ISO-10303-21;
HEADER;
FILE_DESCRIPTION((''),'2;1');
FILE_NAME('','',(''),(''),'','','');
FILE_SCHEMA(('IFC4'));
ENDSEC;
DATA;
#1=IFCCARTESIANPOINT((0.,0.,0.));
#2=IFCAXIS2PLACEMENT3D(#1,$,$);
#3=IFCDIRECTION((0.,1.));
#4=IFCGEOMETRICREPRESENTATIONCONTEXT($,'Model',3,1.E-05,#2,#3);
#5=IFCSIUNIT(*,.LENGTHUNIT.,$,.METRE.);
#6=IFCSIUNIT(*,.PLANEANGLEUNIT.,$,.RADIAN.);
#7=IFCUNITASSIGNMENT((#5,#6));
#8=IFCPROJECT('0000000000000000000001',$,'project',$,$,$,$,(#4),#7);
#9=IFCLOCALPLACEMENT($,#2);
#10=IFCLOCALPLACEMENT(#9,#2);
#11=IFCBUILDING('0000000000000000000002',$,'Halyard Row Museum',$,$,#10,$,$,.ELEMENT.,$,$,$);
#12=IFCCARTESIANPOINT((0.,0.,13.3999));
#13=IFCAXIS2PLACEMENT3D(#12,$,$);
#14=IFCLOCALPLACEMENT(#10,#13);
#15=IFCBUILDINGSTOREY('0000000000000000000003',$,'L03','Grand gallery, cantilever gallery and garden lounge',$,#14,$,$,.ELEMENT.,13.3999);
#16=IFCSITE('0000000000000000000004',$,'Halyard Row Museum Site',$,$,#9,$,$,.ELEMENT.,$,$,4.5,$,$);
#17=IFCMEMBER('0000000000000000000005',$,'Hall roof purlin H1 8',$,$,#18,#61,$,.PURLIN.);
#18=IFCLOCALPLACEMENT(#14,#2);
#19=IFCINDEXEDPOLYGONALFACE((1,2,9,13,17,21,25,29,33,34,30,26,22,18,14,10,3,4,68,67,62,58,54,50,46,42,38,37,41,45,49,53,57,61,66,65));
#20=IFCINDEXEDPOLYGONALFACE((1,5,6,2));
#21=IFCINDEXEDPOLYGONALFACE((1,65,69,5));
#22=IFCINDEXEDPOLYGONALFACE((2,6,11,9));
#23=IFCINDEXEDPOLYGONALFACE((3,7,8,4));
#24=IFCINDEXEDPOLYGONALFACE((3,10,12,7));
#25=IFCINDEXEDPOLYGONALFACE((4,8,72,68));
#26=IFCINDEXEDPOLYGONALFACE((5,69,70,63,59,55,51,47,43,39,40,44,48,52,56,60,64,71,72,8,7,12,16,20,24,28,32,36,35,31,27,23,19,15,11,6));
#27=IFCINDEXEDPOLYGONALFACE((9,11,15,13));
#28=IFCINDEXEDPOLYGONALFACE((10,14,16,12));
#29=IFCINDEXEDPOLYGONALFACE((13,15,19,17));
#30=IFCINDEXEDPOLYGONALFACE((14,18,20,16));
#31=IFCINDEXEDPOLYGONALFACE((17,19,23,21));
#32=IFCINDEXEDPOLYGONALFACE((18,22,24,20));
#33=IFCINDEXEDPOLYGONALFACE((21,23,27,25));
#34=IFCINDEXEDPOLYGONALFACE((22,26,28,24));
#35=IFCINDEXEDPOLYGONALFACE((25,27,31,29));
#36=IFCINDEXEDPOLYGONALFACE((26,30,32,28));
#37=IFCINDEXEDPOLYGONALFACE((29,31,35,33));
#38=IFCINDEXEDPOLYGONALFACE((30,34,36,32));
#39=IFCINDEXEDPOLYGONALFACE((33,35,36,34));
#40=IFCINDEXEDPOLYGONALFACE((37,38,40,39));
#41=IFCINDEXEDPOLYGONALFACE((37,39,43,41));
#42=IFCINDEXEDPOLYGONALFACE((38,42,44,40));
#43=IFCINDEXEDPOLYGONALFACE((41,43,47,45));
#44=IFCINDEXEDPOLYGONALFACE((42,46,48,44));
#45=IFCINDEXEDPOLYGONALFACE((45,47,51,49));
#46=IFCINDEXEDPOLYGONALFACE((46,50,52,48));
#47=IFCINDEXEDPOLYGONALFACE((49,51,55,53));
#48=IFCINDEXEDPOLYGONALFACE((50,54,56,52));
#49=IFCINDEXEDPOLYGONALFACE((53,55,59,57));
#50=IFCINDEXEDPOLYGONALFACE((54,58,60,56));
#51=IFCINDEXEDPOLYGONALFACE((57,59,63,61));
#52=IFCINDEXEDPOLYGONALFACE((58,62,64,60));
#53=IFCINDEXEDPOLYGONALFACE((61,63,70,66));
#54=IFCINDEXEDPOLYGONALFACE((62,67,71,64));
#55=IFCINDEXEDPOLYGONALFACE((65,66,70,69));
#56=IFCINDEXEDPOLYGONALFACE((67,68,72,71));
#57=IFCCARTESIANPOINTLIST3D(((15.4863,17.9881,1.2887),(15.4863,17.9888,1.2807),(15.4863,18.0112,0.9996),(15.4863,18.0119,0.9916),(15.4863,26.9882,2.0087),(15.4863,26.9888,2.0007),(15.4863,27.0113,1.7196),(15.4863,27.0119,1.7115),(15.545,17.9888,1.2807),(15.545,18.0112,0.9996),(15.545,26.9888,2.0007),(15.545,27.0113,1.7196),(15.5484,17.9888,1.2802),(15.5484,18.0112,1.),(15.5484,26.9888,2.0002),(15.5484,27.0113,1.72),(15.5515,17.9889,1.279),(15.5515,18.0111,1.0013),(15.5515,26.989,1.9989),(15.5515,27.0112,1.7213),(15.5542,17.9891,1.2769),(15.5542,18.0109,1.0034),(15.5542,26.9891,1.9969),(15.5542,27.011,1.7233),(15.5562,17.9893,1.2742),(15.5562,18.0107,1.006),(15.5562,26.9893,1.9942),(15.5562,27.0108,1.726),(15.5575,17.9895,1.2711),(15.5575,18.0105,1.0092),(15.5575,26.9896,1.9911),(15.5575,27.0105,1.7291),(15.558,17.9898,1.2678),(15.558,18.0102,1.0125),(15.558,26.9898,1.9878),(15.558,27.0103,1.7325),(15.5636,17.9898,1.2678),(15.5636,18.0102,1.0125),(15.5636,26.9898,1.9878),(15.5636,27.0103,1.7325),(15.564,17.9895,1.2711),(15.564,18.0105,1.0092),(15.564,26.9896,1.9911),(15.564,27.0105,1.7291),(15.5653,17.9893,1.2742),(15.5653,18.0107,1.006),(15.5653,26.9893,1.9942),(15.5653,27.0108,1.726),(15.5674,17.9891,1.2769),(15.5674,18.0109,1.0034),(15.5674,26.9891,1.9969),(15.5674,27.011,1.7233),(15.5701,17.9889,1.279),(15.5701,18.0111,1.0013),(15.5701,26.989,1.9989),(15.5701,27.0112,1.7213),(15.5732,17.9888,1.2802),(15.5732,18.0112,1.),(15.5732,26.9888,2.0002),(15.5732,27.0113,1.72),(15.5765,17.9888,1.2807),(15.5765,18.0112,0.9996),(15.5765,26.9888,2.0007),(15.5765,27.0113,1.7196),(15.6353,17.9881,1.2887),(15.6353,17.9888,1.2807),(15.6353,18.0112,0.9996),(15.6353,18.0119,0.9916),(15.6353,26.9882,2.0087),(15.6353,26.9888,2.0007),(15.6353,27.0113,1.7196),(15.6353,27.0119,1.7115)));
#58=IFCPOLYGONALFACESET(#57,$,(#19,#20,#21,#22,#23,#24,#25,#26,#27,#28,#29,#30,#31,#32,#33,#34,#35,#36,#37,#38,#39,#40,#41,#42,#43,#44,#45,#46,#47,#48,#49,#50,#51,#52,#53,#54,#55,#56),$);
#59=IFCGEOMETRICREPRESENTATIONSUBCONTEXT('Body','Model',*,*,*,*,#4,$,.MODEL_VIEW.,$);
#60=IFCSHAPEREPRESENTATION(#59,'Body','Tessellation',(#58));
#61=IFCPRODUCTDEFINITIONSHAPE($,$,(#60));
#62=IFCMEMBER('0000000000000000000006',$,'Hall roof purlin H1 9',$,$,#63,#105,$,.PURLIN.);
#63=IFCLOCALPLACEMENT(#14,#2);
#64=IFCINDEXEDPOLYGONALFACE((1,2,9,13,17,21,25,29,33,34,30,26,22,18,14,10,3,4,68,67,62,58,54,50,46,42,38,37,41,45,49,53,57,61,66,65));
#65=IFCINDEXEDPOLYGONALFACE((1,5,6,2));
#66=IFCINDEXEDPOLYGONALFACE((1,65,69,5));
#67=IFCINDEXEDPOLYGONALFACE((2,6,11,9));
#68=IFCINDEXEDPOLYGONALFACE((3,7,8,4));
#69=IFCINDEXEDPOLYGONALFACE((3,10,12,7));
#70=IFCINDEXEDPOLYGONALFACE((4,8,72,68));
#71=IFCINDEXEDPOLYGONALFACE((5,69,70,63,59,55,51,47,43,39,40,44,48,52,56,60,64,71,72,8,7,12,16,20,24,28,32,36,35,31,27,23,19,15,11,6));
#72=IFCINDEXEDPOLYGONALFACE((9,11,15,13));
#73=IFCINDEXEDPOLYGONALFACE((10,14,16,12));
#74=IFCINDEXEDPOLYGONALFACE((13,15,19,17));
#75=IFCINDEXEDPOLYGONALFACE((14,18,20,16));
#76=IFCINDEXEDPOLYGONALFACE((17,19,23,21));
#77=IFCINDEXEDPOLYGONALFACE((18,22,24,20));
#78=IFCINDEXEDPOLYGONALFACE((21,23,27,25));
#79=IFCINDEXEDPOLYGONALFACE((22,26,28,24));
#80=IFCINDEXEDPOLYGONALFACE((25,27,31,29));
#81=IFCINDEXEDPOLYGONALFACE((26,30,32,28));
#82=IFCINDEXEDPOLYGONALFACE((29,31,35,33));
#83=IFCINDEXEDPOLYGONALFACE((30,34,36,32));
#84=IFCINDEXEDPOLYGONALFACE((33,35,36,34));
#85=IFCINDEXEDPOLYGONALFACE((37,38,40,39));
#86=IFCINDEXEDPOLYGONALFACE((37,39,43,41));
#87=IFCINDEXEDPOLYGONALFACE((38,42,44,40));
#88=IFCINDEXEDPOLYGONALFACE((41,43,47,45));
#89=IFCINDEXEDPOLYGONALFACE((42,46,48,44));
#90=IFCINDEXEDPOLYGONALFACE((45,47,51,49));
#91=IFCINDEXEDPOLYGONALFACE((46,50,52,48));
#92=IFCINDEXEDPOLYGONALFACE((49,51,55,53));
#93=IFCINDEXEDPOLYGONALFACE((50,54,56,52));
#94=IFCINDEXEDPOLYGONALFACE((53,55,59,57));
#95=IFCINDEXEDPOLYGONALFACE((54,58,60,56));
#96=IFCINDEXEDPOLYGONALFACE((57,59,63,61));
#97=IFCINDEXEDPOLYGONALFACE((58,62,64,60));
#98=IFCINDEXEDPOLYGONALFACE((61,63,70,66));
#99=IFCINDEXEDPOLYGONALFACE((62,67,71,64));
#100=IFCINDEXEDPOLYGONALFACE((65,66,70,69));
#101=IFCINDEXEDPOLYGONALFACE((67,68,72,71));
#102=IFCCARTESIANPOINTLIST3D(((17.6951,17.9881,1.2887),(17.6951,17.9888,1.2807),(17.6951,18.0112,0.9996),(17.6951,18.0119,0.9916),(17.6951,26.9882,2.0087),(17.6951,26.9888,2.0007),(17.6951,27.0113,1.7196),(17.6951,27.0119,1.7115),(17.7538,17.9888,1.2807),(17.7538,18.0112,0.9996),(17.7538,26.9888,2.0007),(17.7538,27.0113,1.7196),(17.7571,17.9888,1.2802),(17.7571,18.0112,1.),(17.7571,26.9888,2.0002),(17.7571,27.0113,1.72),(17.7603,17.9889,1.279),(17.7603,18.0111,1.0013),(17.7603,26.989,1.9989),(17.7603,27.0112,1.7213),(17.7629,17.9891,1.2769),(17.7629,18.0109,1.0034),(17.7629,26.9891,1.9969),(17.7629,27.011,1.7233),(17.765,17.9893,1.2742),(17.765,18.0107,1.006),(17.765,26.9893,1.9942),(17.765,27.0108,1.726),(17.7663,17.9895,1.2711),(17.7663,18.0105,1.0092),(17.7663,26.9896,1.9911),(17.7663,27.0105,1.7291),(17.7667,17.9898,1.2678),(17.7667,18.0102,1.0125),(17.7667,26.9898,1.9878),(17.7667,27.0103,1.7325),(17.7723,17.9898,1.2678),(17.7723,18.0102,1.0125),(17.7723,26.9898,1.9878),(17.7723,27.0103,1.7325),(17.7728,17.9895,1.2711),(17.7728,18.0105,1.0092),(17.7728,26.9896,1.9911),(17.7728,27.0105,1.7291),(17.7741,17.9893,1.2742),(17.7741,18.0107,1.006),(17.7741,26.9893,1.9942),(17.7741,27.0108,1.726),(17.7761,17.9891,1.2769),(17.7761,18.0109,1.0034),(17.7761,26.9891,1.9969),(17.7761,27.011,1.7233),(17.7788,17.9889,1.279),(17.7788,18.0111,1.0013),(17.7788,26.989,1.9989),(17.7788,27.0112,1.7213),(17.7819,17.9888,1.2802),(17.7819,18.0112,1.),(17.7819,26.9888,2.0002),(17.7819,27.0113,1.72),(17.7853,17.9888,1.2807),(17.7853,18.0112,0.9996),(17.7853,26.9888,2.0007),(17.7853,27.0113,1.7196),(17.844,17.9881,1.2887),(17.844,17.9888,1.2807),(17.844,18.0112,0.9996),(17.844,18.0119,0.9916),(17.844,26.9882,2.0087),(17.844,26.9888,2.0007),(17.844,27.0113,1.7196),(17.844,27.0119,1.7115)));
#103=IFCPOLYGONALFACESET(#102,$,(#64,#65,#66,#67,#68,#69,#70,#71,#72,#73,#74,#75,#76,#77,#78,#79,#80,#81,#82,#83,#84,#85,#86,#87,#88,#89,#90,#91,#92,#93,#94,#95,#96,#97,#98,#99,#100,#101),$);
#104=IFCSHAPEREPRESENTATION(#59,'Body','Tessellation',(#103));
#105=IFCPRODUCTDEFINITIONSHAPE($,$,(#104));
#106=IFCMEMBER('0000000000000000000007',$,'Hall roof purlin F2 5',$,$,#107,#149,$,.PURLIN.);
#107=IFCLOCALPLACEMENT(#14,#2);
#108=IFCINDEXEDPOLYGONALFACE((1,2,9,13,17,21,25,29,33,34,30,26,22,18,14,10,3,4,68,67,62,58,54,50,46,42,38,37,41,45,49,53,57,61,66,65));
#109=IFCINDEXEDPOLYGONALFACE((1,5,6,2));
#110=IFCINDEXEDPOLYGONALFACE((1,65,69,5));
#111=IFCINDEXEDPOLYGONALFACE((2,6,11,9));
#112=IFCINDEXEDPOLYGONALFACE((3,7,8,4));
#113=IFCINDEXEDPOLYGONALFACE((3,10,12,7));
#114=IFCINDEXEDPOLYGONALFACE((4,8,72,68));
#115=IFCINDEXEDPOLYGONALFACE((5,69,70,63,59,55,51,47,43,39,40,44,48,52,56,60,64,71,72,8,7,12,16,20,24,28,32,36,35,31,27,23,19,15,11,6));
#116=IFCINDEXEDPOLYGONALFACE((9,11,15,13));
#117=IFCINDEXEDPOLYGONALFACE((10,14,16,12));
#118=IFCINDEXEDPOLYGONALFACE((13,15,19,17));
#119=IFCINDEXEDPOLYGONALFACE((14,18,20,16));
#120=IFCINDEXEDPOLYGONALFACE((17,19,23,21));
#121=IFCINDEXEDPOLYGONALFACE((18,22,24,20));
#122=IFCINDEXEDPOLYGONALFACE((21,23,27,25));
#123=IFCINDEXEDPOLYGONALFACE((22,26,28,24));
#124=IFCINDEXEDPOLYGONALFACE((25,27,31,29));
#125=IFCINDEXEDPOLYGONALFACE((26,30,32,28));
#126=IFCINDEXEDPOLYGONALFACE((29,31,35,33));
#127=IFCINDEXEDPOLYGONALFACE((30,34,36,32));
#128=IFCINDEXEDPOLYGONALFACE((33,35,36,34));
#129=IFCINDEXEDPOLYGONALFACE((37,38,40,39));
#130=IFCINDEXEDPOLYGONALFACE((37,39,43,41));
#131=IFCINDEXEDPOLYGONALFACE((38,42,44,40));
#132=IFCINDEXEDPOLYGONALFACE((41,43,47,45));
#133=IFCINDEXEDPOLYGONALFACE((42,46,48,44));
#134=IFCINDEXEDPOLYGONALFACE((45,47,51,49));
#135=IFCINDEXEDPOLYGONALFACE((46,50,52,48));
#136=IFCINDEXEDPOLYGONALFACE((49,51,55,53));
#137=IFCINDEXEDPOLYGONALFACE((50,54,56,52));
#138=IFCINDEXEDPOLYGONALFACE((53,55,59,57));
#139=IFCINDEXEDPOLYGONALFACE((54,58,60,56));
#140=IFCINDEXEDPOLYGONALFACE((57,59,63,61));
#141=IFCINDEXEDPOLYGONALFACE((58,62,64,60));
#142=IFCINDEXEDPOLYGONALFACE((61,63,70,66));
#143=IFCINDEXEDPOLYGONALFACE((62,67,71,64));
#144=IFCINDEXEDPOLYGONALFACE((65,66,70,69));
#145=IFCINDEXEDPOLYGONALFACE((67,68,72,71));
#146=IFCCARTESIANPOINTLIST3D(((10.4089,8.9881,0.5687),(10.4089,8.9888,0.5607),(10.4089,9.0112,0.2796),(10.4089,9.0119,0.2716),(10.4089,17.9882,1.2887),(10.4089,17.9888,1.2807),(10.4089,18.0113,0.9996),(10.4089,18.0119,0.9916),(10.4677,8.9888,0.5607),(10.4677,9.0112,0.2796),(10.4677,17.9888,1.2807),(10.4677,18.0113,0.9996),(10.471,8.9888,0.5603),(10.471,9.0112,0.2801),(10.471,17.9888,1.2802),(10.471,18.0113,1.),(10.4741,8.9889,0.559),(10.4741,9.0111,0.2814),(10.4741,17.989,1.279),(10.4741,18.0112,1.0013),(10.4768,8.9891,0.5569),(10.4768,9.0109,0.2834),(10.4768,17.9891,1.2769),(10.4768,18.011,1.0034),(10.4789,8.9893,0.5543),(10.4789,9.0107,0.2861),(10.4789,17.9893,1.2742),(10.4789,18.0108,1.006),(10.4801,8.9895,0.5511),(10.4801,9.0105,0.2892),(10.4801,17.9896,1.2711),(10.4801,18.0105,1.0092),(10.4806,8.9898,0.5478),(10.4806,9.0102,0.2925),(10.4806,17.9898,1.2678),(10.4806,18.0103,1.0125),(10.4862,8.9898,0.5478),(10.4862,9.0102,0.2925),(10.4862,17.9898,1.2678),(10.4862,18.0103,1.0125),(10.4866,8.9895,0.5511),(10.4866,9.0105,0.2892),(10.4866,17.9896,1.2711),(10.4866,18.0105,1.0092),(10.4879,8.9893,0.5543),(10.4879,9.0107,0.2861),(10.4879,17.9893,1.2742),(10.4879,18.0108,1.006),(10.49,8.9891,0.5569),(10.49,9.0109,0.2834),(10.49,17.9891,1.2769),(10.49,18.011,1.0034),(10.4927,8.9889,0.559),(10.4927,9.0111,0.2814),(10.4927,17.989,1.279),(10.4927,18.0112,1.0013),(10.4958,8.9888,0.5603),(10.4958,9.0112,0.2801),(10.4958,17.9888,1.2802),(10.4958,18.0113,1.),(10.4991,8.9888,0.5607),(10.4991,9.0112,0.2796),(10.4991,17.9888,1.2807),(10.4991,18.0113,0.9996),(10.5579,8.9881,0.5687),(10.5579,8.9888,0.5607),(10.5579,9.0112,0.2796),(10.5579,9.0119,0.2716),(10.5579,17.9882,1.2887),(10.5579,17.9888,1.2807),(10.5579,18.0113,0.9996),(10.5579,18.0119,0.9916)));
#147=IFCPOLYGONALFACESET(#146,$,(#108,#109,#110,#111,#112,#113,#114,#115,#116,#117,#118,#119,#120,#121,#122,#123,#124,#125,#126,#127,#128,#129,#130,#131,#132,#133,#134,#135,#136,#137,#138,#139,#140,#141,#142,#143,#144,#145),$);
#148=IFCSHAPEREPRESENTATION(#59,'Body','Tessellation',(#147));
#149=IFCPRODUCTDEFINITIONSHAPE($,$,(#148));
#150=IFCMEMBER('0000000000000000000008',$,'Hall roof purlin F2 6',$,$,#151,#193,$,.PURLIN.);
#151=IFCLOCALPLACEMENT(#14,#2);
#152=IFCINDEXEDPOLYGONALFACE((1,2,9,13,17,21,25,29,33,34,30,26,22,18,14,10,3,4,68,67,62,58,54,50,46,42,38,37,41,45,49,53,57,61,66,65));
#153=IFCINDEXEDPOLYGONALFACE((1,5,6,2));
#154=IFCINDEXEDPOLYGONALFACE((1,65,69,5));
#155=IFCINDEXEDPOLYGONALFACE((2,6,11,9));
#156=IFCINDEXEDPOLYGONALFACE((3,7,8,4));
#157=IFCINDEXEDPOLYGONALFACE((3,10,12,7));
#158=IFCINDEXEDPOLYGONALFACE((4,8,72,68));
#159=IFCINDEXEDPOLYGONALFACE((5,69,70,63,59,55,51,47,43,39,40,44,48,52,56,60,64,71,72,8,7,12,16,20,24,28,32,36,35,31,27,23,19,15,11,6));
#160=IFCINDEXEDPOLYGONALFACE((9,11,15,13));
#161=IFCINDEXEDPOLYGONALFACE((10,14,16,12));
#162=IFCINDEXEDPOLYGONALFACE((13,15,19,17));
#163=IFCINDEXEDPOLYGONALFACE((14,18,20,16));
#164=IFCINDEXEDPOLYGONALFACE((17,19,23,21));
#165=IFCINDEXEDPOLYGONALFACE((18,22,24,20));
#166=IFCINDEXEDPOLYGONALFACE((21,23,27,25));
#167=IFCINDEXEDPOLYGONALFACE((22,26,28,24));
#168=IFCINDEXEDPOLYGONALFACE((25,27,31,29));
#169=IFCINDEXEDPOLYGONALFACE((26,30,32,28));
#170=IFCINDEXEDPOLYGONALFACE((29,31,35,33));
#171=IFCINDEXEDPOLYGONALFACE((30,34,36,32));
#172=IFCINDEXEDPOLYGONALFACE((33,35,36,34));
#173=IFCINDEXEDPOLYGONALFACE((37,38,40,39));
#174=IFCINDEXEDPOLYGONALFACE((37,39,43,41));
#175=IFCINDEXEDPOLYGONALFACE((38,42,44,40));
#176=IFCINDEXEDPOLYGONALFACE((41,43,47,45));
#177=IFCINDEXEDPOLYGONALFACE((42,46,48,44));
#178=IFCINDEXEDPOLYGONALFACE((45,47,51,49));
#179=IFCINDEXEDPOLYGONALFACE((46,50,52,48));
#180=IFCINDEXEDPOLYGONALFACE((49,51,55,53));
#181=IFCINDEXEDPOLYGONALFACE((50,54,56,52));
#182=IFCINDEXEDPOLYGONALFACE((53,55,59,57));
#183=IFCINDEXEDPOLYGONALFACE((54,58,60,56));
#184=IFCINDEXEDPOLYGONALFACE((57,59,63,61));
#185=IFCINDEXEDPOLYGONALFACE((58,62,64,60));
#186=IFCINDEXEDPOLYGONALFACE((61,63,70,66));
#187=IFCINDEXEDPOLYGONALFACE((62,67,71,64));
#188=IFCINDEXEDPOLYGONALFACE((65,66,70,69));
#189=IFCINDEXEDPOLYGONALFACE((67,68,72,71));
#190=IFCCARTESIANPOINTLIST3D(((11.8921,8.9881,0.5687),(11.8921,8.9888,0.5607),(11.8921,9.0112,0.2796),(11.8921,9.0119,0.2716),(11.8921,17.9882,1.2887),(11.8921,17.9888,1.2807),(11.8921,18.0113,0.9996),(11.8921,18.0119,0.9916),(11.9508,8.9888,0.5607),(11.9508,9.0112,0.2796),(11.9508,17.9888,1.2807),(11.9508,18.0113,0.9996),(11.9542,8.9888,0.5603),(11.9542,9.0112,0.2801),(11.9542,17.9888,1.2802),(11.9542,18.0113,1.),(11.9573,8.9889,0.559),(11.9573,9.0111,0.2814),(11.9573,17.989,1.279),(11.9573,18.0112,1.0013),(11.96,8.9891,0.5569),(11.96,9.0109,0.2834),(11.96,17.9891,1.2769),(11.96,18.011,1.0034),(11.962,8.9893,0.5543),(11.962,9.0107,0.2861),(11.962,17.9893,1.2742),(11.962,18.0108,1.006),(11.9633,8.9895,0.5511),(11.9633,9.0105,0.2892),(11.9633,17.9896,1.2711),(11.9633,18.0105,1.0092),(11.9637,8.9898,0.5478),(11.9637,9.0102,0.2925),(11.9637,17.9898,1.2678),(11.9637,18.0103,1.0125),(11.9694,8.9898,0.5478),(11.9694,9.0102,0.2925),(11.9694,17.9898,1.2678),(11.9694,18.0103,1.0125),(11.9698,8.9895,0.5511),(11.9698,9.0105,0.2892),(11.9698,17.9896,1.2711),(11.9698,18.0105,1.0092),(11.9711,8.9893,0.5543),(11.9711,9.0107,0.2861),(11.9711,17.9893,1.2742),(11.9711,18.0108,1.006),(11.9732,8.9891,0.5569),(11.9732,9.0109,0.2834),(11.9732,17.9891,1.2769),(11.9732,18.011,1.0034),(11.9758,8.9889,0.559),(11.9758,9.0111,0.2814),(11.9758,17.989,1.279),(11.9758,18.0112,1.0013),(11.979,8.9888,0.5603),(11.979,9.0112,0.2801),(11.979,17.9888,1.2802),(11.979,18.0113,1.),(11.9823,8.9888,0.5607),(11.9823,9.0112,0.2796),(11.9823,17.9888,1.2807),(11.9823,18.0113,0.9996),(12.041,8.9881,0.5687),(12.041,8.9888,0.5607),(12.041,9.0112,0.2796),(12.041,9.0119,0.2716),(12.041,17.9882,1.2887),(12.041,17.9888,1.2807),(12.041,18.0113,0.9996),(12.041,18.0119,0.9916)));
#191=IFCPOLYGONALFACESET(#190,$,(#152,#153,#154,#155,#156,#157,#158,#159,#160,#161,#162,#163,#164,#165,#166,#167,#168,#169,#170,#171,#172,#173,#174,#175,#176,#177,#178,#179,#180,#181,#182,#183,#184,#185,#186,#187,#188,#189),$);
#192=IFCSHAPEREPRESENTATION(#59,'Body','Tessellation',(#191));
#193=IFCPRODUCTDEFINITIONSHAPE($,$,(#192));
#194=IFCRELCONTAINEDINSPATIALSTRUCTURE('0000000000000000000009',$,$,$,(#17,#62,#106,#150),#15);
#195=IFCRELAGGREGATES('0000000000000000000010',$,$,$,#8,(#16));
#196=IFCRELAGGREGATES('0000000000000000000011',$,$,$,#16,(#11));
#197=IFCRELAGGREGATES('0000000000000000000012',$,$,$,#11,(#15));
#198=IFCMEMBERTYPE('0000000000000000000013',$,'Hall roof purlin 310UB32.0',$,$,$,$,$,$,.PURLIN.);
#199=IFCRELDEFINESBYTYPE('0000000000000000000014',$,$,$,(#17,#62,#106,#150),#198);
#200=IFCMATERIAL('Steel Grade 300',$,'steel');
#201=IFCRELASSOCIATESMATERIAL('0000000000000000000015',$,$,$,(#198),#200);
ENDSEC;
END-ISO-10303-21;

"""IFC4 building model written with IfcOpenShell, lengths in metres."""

from ifc_helpers import new_model, si_unit, direction, frame, origin, origin_2d, place, context, subcontext, project, spatial, i_section, extrude, material, material_profile, profile_set, type_object, element, save


model = new_model("IFC4")

# Units and contexts
model_context = context("Model", 3, precision=1e-05, world=origin(), true_north=direction((0.0, 1.0)))
body_context = subcontext(model_context, "Body", "Model", "MODEL_VIEW")
ifc_project = project(units=[si_unit("LENGTHUNIT", "METRE"), si_unit("PLANEANGLEUNIT", "RADIAN")], contexts=[model_context])

# Site, building, storey
site_placement = place(None, origin())
site = spatial("IfcSite", under=ifc_project, at=site_placement, Name="Halyard Row Museum Site", CompositionType="ELEMENT", RefElevation=4.5)
building_placement = place(site_placement, origin())
building = spatial("IfcBuilding", under=site, at=building_placement, Name="Halyard Row Museum", CompositionType="ELEMENT")
storey_placement = place(building_placement, frame((0.0, 0.0, 13.3999)))
storey = spatial("IfcBuildingStorey", under=building, at=storey_placement, Name="L03", Description="Grand gallery, cantilever gallery and garden lounge", CompositionType="ELEMENT", Elevation=13.3999)

# Members
ifc_material_1 = material(Name="Steel Grade 300", Category="steel")
ifc_material_profile_1 = material_profile(ifc_material_1, i_section(OverallWidth=0.1489, OverallDepth=0.2981, WebThickness=0.0056, FlangeThickness=0.0081, FilletRadius=0.0129, at=origin_2d()), Name="310UB32.0")
ifc_profile_set_1 = profile_set([ifc_material_profile_1], Name="Steel Grade 300")
member_type_1 = type_object("IfcMemberType", Name="Hall roof purlin 310UB32.0", PredefinedType="PURLIN", material=ifc_profile_set_1)
for number, where, z_axis, x_axis, name in (
    (1, (15.5608, 18.0, 1.1401), (0.0, 0.996816, 0.079742), (-1.0, 0.0, 0.0), "Hall roof purlin H1 8"),
    (2, (17.7695, 18.0, 1.1401), (0.0, 0.996816, 0.079742), (-1.0, 0.0, 0.0), "Hall roof purlin H1 9"),
    (3, (10.4834, 9.0, 0.4202), (0.0, 0.996816, 0.079742), (-1.0, 0.0, 0.0), "Hall roof purlin F2 5"),
    (4, (11.9666, 9.0, 0.4202), (0.0, 0.996816, 0.079742), (-1.0, 0.0, 0.0), "Hall roof purlin F2 6"),
):
    element("IfcMember", number, at=place(storey_placement, frame(where, z_axis=z_axis, x_axis=x_axis)), inside=storey, type_object=member_type_1, Name=name, PredefinedType="PURLIN", context=body_context, shape_type="SweptSolid", body=[
        extrude(i_section(OverallWidth=0.1489, OverallDepth=0.2981, WebThickness=0.0056, FlangeThickness=0.0081, FilletRadius=0.0129, at=origin_2d()), origin(), (0.0, 0.0, 1.0), 9.0288),
    ])

save(model, "model.ifc")
